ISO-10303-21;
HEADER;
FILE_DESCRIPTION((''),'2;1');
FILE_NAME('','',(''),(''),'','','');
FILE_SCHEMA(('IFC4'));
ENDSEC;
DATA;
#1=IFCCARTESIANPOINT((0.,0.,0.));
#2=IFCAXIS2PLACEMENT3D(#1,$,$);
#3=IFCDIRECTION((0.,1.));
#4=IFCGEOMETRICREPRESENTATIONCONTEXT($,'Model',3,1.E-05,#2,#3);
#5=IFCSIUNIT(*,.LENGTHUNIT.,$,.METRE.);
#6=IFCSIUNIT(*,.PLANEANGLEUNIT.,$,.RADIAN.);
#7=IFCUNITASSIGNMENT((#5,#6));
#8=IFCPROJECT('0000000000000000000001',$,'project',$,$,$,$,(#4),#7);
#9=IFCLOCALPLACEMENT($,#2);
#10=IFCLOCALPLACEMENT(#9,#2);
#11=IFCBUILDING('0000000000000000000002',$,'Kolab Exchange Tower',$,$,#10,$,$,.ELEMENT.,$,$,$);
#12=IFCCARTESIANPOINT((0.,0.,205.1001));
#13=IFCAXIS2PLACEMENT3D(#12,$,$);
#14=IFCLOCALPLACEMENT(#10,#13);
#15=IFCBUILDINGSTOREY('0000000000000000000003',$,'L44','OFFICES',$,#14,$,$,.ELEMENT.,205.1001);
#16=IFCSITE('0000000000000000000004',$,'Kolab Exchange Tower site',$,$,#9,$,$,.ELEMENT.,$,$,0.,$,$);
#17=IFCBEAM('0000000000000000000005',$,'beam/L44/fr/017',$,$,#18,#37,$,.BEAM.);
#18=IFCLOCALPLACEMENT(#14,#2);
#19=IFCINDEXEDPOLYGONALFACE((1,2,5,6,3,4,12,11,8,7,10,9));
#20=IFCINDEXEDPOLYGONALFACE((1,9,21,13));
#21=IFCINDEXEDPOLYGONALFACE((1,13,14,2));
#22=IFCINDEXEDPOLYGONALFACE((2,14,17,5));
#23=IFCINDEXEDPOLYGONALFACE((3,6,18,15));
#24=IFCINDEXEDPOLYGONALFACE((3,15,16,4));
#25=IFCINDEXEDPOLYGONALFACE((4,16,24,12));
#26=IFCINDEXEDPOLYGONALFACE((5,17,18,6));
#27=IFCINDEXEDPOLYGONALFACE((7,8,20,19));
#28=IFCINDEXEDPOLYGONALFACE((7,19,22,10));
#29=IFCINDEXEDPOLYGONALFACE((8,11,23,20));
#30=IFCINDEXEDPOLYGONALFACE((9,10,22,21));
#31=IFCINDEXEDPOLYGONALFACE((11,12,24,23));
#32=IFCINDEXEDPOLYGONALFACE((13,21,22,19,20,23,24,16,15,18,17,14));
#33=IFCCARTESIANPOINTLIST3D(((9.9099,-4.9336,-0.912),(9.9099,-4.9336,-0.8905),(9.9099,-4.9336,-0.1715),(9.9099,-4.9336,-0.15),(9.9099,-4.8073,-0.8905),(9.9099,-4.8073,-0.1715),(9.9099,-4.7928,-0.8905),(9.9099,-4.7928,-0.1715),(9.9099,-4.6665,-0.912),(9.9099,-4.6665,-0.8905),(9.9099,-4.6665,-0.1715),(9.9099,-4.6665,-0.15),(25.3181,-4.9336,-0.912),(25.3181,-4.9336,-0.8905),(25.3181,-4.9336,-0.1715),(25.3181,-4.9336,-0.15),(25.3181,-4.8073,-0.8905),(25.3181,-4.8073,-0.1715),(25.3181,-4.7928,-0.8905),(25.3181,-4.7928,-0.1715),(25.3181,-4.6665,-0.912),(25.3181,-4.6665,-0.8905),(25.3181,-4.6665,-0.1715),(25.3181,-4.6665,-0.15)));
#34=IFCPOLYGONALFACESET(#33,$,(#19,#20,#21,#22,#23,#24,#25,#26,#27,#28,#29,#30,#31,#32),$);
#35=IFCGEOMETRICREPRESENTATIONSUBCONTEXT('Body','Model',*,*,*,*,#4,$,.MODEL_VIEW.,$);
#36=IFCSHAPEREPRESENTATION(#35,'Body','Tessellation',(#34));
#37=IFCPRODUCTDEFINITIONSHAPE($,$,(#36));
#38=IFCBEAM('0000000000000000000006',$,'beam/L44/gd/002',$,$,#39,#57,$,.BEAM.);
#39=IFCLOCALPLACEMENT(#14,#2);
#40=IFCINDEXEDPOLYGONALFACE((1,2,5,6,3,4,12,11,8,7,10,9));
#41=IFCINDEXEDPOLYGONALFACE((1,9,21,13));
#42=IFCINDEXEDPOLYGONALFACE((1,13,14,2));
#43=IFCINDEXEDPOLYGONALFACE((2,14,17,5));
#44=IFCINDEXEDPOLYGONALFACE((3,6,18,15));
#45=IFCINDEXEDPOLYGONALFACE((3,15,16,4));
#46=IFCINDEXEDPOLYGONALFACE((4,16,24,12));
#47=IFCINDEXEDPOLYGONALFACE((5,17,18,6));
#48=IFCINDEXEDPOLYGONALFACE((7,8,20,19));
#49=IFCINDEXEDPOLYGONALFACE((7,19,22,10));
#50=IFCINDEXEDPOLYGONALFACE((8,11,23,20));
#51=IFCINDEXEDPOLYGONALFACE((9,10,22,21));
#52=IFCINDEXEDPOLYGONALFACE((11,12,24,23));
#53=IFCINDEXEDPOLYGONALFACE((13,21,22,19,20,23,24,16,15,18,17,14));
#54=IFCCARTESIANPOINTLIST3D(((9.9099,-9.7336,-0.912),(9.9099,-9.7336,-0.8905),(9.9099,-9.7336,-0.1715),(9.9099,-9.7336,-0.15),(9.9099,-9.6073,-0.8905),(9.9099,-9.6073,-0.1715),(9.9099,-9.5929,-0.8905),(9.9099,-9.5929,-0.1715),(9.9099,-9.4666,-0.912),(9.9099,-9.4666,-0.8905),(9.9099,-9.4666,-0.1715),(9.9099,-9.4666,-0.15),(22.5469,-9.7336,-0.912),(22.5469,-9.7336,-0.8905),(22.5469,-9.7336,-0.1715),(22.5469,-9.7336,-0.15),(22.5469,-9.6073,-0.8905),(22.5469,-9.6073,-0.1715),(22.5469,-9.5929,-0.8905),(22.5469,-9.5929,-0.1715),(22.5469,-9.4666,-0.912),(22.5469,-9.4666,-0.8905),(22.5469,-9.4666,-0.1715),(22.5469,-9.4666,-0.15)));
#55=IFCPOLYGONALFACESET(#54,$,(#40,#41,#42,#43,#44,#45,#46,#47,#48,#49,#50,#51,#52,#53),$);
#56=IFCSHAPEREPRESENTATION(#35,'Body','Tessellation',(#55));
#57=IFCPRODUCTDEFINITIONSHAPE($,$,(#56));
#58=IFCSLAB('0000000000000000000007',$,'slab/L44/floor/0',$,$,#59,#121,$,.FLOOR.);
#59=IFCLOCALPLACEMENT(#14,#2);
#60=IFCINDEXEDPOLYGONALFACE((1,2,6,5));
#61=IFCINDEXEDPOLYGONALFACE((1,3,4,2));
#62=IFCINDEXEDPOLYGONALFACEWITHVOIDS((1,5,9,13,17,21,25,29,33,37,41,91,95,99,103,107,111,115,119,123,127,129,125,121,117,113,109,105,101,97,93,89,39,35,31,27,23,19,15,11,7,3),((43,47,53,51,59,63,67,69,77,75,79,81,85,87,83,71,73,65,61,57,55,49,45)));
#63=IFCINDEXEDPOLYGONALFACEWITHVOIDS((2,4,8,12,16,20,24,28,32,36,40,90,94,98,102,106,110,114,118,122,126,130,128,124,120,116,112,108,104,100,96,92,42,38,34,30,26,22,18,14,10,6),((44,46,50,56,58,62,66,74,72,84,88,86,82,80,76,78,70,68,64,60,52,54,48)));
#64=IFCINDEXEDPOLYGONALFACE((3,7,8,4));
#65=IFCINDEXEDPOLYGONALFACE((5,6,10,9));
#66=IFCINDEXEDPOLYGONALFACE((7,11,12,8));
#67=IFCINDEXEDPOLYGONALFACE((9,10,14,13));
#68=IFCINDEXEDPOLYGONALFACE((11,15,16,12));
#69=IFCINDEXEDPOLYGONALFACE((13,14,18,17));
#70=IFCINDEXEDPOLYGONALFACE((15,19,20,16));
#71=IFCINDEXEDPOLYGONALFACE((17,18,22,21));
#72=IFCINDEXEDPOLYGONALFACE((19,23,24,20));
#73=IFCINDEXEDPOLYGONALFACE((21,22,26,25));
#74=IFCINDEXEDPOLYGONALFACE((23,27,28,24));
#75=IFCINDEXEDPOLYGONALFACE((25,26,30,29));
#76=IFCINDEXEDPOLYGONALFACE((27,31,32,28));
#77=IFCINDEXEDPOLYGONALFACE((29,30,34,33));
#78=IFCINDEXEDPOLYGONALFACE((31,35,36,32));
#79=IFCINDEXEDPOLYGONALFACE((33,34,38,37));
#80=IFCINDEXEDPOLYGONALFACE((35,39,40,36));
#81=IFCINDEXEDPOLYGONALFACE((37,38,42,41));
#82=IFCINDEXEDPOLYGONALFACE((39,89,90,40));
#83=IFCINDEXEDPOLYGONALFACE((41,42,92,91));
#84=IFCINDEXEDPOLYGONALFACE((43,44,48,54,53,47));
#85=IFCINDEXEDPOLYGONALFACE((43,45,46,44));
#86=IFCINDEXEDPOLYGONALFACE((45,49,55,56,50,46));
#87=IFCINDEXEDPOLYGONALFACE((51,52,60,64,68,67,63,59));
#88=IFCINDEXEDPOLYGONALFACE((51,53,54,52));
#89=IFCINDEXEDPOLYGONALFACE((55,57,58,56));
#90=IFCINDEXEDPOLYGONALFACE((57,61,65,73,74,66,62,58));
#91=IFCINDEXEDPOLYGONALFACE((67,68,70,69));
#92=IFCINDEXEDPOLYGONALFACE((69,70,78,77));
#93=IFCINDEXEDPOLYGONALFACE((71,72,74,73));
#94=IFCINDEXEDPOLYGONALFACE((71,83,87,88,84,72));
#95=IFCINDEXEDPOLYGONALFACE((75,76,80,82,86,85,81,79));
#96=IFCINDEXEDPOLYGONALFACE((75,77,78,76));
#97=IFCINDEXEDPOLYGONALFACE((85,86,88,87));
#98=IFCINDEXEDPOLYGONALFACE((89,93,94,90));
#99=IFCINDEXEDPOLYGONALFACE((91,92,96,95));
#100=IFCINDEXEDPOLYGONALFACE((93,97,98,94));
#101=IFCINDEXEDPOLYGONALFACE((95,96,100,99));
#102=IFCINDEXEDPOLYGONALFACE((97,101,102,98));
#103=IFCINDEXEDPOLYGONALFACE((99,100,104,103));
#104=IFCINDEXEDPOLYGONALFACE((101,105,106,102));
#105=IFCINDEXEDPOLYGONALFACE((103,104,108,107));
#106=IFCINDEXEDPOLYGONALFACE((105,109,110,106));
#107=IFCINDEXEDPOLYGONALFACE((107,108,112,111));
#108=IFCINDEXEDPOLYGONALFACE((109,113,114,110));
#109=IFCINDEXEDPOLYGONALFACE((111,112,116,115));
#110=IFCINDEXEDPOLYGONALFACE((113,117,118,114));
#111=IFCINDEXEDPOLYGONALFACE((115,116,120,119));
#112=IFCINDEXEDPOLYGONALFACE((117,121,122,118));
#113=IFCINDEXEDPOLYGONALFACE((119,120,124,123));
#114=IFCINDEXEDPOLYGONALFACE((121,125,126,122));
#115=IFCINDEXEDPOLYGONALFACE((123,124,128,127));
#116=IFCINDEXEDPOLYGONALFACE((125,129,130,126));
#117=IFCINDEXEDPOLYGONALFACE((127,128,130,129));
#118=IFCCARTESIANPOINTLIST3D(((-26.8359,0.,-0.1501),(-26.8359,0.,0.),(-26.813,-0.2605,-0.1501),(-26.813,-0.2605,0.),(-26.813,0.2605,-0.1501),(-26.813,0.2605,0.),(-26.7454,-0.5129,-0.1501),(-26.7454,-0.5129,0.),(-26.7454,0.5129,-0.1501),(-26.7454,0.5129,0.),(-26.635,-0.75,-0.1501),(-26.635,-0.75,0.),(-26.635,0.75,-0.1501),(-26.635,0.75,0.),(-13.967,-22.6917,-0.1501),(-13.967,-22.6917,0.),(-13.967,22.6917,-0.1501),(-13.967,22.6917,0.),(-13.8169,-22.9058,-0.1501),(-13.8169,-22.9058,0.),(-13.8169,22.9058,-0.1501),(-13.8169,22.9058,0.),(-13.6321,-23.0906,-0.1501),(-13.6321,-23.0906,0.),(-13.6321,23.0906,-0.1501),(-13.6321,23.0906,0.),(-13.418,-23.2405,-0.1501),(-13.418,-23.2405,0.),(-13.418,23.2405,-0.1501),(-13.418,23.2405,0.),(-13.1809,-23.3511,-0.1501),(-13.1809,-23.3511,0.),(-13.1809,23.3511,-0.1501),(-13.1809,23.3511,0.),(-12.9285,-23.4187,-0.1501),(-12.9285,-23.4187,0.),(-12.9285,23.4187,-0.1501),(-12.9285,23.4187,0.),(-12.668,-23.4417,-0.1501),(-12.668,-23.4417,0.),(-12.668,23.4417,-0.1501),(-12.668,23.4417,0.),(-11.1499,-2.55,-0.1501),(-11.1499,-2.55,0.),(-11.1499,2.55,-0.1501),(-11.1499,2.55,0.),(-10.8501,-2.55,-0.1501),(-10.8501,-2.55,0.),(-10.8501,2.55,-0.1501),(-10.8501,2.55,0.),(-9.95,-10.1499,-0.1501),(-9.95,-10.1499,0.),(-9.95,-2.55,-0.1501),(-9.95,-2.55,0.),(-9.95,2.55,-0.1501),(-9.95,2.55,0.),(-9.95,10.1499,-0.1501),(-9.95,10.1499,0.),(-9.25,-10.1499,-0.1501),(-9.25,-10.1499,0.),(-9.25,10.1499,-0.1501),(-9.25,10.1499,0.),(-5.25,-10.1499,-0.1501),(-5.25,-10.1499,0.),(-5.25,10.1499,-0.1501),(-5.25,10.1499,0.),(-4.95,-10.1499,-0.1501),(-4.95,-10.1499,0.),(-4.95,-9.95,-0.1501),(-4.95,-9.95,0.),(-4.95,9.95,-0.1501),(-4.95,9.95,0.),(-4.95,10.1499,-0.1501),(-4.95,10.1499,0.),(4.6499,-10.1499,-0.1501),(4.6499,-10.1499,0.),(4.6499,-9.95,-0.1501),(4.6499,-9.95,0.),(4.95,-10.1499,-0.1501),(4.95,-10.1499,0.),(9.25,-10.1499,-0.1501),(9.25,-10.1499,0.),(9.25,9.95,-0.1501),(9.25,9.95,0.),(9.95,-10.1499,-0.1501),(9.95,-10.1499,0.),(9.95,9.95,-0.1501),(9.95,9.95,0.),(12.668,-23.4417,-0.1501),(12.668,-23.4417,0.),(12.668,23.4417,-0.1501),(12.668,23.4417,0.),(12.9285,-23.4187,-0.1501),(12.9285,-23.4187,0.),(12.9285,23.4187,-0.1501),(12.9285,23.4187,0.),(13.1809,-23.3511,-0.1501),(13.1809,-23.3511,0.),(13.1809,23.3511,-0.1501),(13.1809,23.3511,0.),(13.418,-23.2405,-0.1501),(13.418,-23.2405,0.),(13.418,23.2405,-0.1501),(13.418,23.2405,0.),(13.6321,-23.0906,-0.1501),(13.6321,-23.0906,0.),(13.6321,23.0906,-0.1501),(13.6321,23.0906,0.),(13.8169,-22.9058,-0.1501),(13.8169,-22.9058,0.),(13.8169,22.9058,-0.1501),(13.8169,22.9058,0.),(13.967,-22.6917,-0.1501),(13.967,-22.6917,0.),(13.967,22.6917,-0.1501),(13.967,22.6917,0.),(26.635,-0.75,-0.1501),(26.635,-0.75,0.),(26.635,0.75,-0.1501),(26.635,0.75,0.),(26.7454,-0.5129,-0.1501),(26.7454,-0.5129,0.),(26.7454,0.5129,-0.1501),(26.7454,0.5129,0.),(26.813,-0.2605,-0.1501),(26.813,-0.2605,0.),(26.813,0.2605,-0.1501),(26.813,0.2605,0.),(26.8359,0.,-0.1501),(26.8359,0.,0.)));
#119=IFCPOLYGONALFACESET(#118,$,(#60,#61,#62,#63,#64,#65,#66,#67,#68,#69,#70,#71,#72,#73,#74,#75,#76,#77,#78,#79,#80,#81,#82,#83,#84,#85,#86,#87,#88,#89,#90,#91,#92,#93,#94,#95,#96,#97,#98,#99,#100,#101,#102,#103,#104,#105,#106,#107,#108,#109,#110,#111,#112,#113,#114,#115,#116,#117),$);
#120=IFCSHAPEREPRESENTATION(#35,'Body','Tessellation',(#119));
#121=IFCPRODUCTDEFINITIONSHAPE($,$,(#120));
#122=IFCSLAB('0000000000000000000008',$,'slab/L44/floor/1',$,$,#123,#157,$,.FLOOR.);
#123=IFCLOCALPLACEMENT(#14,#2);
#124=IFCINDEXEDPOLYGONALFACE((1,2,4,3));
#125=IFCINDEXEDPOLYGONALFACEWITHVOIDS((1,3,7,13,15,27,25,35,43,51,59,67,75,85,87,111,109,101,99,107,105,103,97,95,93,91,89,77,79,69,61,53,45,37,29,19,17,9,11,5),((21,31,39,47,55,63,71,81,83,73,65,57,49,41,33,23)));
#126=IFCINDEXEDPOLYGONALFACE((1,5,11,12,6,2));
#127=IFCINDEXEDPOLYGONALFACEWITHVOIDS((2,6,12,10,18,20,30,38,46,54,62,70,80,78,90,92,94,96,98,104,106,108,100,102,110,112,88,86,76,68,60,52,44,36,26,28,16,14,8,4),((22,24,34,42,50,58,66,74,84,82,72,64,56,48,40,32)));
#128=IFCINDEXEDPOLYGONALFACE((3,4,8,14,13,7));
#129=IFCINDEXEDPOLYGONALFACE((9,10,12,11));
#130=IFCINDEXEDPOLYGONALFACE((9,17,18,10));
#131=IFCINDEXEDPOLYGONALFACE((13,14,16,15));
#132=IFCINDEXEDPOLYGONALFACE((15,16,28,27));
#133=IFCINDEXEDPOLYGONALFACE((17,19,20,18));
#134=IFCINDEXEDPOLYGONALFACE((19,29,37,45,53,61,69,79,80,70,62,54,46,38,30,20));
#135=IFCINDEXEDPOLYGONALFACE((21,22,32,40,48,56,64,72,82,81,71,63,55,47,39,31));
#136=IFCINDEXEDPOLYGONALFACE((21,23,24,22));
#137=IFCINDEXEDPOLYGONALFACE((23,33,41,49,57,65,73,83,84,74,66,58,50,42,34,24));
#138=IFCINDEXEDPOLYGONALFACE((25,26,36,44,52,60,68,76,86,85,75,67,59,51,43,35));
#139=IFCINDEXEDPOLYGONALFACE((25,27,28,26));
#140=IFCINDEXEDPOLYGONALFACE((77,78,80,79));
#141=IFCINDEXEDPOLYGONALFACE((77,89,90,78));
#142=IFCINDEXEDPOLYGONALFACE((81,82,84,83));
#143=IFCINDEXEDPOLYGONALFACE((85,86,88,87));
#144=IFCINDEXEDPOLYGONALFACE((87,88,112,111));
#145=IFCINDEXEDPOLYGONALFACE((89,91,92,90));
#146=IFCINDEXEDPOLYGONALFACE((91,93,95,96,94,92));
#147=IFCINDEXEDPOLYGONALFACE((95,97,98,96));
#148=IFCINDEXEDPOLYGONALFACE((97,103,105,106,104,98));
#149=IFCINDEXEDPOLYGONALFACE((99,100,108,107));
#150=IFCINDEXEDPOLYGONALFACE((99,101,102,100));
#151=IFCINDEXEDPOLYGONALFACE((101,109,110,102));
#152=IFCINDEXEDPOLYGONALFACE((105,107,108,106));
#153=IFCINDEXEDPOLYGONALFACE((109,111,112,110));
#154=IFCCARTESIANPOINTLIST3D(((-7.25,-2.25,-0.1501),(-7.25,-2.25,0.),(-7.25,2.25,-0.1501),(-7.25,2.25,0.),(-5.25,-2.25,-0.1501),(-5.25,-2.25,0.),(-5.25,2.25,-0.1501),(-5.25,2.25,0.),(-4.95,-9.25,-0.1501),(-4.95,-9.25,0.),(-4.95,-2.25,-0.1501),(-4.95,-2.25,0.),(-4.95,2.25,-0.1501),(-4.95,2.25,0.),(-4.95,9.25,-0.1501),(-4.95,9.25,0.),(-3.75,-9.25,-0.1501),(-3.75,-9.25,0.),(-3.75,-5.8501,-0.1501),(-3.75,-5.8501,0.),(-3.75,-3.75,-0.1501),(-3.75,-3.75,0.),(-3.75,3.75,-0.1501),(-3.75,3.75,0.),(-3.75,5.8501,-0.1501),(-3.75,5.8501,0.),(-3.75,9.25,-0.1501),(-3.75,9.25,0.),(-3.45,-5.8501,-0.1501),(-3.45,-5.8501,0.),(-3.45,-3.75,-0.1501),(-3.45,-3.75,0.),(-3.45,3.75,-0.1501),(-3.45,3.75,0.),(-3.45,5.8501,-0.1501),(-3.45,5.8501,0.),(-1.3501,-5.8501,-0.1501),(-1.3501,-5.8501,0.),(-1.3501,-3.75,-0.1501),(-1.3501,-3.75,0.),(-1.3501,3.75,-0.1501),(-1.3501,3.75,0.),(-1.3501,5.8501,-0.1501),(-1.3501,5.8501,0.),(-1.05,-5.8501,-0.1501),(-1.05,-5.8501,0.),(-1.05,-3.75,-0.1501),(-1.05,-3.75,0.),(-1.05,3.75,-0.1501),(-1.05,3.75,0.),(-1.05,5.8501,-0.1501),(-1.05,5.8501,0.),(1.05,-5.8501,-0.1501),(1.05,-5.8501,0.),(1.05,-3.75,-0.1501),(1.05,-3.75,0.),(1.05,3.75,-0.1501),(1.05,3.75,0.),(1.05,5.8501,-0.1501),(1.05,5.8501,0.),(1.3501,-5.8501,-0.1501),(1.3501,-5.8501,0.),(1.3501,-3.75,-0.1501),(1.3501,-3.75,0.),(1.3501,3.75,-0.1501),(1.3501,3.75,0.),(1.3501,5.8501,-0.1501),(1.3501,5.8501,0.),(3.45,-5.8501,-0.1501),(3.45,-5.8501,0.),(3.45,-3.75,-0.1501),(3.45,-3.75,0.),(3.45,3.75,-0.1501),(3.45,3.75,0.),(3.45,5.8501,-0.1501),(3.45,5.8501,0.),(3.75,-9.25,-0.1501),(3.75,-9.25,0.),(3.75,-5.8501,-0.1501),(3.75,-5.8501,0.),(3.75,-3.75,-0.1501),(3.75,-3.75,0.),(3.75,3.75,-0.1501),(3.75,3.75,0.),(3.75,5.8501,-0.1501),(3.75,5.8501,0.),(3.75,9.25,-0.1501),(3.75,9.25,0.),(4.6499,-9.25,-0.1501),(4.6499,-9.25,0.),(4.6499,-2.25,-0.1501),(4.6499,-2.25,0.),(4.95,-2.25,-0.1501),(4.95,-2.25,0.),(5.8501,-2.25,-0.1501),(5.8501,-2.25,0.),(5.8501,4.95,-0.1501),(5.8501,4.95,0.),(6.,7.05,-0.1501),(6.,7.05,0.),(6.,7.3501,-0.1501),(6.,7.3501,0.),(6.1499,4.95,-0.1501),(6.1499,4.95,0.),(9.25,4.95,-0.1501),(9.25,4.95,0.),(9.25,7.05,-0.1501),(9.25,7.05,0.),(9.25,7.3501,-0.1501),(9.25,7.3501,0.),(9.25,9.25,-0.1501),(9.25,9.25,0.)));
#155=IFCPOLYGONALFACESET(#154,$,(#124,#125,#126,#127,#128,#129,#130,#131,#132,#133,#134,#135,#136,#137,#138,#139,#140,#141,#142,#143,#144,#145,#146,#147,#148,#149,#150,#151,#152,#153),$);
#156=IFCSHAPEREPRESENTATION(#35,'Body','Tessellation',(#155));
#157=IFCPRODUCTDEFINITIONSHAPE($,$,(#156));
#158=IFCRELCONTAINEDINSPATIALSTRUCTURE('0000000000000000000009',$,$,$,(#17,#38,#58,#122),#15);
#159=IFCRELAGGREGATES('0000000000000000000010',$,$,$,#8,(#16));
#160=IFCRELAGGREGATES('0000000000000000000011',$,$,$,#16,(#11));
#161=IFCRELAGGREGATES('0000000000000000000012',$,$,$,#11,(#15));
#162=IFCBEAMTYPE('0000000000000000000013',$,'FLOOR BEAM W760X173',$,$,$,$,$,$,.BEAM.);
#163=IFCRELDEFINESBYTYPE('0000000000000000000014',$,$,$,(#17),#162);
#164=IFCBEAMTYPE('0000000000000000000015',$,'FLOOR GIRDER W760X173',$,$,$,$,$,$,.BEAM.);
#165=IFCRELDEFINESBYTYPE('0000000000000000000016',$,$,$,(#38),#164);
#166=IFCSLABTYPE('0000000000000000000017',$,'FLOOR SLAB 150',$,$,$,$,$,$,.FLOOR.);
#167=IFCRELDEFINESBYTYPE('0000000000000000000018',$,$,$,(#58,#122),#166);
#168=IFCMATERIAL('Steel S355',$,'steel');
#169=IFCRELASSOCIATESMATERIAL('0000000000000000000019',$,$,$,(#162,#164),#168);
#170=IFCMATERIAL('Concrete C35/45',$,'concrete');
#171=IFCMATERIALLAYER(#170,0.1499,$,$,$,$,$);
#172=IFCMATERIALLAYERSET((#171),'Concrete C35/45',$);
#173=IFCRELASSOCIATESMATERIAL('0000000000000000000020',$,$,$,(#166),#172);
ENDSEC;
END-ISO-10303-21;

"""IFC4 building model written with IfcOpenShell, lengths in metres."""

from ifc_helpers import new_model, si_unit, direction, frame, origin, origin_2d, place, context, subcontext, project, spatial, polyline, i_section, outline, extrude, material, layer, layer_set, material_profile, profile_set, type_object, element, save


model = new_model("IFC4")

# Units and contexts
model_context = context("Model", 3, precision=1e-05, world=origin(), true_north=direction((0.0, 1.0)))
body_context = subcontext(model_context, "Body", "Model", "MODEL_VIEW")
ifc_project = project(units=[si_unit("LENGTHUNIT", "METRE"), si_unit("PLANEANGLEUNIT", "RADIAN")], contexts=[model_context])

# Site, building, storey
site_placement = place(None, origin())
site = spatial("IfcSite", under=ifc_project, at=site_placement, Name="Kolab Exchange Tower site", CompositionType="ELEMENT", RefElevation=0.0)
building_placement = place(site_placement, origin())
building = spatial("IfcBuilding", under=site, at=building_placement, Name="Kolab Exchange Tower", CompositionType="ELEMENT")
storey_placement = place(building_placement, frame((0.0, 0.0, 205.1001)))
storey = spatial("IfcBuildingStorey", under=building, at=storey_placement, Name="L44", Description="OFFICES", CompositionType="ELEMENT", Elevation=205.1001)

# Beams
ifc_material_1 = material(Name="Steel S355", Category="steel")
ifc_material_profile_1 = material_profile(ifc_material_1, i_section(OverallWidth=0.2671, OverallDepth=0.762, WebThickness=0.0144, FlangeThickness=0.0215, at=origin_2d()), Name="W760X173")
ifc_profile_set_1 = profile_set([ifc_material_profile_1], Name="Steel S355")
beam_type_1 = type_object("IfcBeamType", Name="FLOOR BEAM W760X173", PredefinedType="BEAM", material=ifc_profile_set_1)
beam_1_placement = place(storey_placement, frame((9.9099, -4.8, -0.531), z_axis=(1.0, 0.0, 0.0), x_axis=(0.0, 1.0, 0.0)))
element("IfcBeam", 1, at=beam_1_placement, inside=storey, type_object=beam_type_1, Name="beam/L44/fr/017", PredefinedType="BEAM", context=body_context, shape_type="SweptSolid", body=[
    extrude(i_section(OverallWidth=0.2671, OverallDepth=0.762, WebThickness=0.0144, FlangeThickness=0.0215, at=origin_2d()), origin(), (0.0, 0.0, 1.0), 15.4082),
])
ifc_material_profile_2 = material_profile(ifc_material_1, i_section(OverallWidth=0.2671, OverallDepth=0.762, WebThickness=0.0144, FlangeThickness=0.0215, at=origin_2d()), Name="W760X173")
ifc_profile_set_2 = profile_set([ifc_material_profile_2], Name="Steel S355")
beam_type_2 = type_object("IfcBeamType", Name="FLOOR GIRDER W760X173", PredefinedType="BEAM", material=ifc_profile_set_2)
beam_2_placement = place(storey_placement, frame((9.9099, -9.6001, -0.531), z_axis=(1.0, 0.0, 0.0), x_axis=(0.0, 1.0, 0.0)))
element("IfcBeam", 2, at=beam_2_placement, inside=storey, type_object=beam_type_2, Name="beam/L44/gd/002", PredefinedType="BEAM", context=body_context, shape_type="SweptSolid", body=[
    extrude(i_section(OverallWidth=0.2671, OverallDepth=0.762, WebThickness=0.0144, FlangeThickness=0.0215, at=origin_2d()), origin(), (0.0, 0.0, 1.0), 12.637),
])

# Slabs
ifc_material_2 = material(Name="Concrete C35/45", Category="concrete")
ifc_layer_1 = layer(ifc_material_2, 0.1499)
ifc_layer_set_1 = layer_set([ifc_layer_1], Name="Concrete C35/45")
slab_type_1 = type_object("IfcSlabType", Name="FLOOR SLAB 150", PredefinedType="FLOOR", material=ifc_layer_set_1)
slab_1_placement = place(storey_placement, frame((0.0, 0.0, -0.1501)))
element("IfcSlab", 3, at=slab_1_placement, inside=storey, type_object=slab_type_1, Name="slab/L44/floor/0", PredefinedType="FLOOR", context=body_context, shape_type="SweptSolid", body=[
    extrude(outline(polyline([(13.967, -22.6917), (26.635, -0.75), (26.7454, -0.5129), (26.813, -0.2605), (26.8359, 0.0), (26.813, 0.2605), (26.7454, 0.5129), (26.635, 0.75), (13.967, 22.6917), (13.8169, 22.9058), (13.6321, 23.0906), (13.418, 23.2405), (13.1809, 23.3511), (12.9285, 23.4187), (12.668, 23.4417), (-12.668, 23.4417), (-12.9285, 23.4187), (-13.1809, 23.3511), (-13.418, 23.2405), (-13.6321, 23.0906), (-13.8169, 22.9058), (-13.967, 22.6917), (-26.635, 0.75), (-26.7454, 0.5129), (-26.813, 0.2605), (-26.8359, 0.0), (-26.813, -0.2605), (-26.7454, -0.5129), (-26.635, -0.75), (-13.967, -22.6917), (-13.8169, -22.9058), (-13.6321, -23.0906), (-13.418, -23.2405), (-13.1809, -23.3511), (-12.9285, -23.4187), (-12.668, -23.4417), (12.668, -23.4417), (12.9285, -23.4187), (13.1809, -23.3511), (13.418, -23.2405), (13.6321, -23.0906), (13.8169, -22.9058), (13.967, -22.6917)]), holes=[polyline([(-9.25, -10.1499), (-9.95, -10.1499), (-9.95, -2.55), (-10.8501, -2.55), (-11.1499, -2.55), (-11.1499, 2.55), (-10.8501, 2.55), (-9.95, 2.55), (-9.95, 10.1499), (-9.25, 10.1499), (-5.25, 10.1499), (-4.95, 10.1499), (-4.95, 9.95), (9.25, 9.95), (9.95, 9.95), (9.95, -10.1499), (9.25, -10.1499), (4.95, -10.1499), (4.6499, -10.1499), (4.6499, -9.95), (-4.95, -9.95), (-4.95, -10.1499), (-5.25, -10.1499), (-9.25, -10.1499)])]), origin(), (0.0, 0.0, 1.0), 0.1501),
])
slab_2_placement = place(storey_placement, frame((0.0, 0.0, -0.1501)))
element("IfcSlab", 4, at=slab_2_placement, inside=storey, type_object=slab_type_1, Name="slab/L44/floor/1", PredefinedType="FLOOR", context=body_context, shape_type="SweptSolid", body=[
    extrude(outline(polyline([(-4.95, 9.25), (-4.95, 2.25), (-5.25, 2.25), (-7.25, 2.25), (-7.25, -2.25), (-5.25, -2.25), (-4.95, -2.25), (-4.95, -9.25), (-3.75, -9.25), (-3.75, -5.8501), (-3.45, -5.8501), (-1.3501, -5.8501), (-1.05, -5.8501), (1.05, -5.8501), (1.3501, -5.8501), (3.45, -5.8501), (3.75, -5.8501), (3.75, -9.25), (4.6499, -9.25), (4.6499, -2.25), (4.95, -2.25), (5.8501, -2.25), (5.8501, 4.95), (6.1499, 4.95), (9.25, 4.95), (9.25, 7.05), (6.0, 7.05), (6.0, 7.3501), (9.25, 7.3501), (9.25, 9.25), (3.75, 9.25), (3.75, 5.8501), (3.45, 5.8501), (1.3501, 5.8501), (1.05, 5.8501), (-1.05, 5.8501), (-1.3501, 5.8501), (-3.45, 5.8501), (-3.75, 5.8501), (-3.75, 9.25), (-4.95, 9.25)]), holes=[polyline([(-3.45, -3.75), (-3.75, -3.75), (-3.75, 3.75), (-3.45, 3.75), (-1.3501, 3.75), (-1.05, 3.75), (1.05, 3.75), (1.3501, 3.75), (3.45, 3.75), (3.75, 3.75), (3.75, -3.75), (3.45, -3.75), (1.3501, -3.75), (1.05, -3.75), (-1.05, -3.75), (-1.3501, -3.75), (-3.45, -3.75)])]), origin(), (0.0, 0.0, 1.0), 0.1501),
])

save(model, "model.ifc")
